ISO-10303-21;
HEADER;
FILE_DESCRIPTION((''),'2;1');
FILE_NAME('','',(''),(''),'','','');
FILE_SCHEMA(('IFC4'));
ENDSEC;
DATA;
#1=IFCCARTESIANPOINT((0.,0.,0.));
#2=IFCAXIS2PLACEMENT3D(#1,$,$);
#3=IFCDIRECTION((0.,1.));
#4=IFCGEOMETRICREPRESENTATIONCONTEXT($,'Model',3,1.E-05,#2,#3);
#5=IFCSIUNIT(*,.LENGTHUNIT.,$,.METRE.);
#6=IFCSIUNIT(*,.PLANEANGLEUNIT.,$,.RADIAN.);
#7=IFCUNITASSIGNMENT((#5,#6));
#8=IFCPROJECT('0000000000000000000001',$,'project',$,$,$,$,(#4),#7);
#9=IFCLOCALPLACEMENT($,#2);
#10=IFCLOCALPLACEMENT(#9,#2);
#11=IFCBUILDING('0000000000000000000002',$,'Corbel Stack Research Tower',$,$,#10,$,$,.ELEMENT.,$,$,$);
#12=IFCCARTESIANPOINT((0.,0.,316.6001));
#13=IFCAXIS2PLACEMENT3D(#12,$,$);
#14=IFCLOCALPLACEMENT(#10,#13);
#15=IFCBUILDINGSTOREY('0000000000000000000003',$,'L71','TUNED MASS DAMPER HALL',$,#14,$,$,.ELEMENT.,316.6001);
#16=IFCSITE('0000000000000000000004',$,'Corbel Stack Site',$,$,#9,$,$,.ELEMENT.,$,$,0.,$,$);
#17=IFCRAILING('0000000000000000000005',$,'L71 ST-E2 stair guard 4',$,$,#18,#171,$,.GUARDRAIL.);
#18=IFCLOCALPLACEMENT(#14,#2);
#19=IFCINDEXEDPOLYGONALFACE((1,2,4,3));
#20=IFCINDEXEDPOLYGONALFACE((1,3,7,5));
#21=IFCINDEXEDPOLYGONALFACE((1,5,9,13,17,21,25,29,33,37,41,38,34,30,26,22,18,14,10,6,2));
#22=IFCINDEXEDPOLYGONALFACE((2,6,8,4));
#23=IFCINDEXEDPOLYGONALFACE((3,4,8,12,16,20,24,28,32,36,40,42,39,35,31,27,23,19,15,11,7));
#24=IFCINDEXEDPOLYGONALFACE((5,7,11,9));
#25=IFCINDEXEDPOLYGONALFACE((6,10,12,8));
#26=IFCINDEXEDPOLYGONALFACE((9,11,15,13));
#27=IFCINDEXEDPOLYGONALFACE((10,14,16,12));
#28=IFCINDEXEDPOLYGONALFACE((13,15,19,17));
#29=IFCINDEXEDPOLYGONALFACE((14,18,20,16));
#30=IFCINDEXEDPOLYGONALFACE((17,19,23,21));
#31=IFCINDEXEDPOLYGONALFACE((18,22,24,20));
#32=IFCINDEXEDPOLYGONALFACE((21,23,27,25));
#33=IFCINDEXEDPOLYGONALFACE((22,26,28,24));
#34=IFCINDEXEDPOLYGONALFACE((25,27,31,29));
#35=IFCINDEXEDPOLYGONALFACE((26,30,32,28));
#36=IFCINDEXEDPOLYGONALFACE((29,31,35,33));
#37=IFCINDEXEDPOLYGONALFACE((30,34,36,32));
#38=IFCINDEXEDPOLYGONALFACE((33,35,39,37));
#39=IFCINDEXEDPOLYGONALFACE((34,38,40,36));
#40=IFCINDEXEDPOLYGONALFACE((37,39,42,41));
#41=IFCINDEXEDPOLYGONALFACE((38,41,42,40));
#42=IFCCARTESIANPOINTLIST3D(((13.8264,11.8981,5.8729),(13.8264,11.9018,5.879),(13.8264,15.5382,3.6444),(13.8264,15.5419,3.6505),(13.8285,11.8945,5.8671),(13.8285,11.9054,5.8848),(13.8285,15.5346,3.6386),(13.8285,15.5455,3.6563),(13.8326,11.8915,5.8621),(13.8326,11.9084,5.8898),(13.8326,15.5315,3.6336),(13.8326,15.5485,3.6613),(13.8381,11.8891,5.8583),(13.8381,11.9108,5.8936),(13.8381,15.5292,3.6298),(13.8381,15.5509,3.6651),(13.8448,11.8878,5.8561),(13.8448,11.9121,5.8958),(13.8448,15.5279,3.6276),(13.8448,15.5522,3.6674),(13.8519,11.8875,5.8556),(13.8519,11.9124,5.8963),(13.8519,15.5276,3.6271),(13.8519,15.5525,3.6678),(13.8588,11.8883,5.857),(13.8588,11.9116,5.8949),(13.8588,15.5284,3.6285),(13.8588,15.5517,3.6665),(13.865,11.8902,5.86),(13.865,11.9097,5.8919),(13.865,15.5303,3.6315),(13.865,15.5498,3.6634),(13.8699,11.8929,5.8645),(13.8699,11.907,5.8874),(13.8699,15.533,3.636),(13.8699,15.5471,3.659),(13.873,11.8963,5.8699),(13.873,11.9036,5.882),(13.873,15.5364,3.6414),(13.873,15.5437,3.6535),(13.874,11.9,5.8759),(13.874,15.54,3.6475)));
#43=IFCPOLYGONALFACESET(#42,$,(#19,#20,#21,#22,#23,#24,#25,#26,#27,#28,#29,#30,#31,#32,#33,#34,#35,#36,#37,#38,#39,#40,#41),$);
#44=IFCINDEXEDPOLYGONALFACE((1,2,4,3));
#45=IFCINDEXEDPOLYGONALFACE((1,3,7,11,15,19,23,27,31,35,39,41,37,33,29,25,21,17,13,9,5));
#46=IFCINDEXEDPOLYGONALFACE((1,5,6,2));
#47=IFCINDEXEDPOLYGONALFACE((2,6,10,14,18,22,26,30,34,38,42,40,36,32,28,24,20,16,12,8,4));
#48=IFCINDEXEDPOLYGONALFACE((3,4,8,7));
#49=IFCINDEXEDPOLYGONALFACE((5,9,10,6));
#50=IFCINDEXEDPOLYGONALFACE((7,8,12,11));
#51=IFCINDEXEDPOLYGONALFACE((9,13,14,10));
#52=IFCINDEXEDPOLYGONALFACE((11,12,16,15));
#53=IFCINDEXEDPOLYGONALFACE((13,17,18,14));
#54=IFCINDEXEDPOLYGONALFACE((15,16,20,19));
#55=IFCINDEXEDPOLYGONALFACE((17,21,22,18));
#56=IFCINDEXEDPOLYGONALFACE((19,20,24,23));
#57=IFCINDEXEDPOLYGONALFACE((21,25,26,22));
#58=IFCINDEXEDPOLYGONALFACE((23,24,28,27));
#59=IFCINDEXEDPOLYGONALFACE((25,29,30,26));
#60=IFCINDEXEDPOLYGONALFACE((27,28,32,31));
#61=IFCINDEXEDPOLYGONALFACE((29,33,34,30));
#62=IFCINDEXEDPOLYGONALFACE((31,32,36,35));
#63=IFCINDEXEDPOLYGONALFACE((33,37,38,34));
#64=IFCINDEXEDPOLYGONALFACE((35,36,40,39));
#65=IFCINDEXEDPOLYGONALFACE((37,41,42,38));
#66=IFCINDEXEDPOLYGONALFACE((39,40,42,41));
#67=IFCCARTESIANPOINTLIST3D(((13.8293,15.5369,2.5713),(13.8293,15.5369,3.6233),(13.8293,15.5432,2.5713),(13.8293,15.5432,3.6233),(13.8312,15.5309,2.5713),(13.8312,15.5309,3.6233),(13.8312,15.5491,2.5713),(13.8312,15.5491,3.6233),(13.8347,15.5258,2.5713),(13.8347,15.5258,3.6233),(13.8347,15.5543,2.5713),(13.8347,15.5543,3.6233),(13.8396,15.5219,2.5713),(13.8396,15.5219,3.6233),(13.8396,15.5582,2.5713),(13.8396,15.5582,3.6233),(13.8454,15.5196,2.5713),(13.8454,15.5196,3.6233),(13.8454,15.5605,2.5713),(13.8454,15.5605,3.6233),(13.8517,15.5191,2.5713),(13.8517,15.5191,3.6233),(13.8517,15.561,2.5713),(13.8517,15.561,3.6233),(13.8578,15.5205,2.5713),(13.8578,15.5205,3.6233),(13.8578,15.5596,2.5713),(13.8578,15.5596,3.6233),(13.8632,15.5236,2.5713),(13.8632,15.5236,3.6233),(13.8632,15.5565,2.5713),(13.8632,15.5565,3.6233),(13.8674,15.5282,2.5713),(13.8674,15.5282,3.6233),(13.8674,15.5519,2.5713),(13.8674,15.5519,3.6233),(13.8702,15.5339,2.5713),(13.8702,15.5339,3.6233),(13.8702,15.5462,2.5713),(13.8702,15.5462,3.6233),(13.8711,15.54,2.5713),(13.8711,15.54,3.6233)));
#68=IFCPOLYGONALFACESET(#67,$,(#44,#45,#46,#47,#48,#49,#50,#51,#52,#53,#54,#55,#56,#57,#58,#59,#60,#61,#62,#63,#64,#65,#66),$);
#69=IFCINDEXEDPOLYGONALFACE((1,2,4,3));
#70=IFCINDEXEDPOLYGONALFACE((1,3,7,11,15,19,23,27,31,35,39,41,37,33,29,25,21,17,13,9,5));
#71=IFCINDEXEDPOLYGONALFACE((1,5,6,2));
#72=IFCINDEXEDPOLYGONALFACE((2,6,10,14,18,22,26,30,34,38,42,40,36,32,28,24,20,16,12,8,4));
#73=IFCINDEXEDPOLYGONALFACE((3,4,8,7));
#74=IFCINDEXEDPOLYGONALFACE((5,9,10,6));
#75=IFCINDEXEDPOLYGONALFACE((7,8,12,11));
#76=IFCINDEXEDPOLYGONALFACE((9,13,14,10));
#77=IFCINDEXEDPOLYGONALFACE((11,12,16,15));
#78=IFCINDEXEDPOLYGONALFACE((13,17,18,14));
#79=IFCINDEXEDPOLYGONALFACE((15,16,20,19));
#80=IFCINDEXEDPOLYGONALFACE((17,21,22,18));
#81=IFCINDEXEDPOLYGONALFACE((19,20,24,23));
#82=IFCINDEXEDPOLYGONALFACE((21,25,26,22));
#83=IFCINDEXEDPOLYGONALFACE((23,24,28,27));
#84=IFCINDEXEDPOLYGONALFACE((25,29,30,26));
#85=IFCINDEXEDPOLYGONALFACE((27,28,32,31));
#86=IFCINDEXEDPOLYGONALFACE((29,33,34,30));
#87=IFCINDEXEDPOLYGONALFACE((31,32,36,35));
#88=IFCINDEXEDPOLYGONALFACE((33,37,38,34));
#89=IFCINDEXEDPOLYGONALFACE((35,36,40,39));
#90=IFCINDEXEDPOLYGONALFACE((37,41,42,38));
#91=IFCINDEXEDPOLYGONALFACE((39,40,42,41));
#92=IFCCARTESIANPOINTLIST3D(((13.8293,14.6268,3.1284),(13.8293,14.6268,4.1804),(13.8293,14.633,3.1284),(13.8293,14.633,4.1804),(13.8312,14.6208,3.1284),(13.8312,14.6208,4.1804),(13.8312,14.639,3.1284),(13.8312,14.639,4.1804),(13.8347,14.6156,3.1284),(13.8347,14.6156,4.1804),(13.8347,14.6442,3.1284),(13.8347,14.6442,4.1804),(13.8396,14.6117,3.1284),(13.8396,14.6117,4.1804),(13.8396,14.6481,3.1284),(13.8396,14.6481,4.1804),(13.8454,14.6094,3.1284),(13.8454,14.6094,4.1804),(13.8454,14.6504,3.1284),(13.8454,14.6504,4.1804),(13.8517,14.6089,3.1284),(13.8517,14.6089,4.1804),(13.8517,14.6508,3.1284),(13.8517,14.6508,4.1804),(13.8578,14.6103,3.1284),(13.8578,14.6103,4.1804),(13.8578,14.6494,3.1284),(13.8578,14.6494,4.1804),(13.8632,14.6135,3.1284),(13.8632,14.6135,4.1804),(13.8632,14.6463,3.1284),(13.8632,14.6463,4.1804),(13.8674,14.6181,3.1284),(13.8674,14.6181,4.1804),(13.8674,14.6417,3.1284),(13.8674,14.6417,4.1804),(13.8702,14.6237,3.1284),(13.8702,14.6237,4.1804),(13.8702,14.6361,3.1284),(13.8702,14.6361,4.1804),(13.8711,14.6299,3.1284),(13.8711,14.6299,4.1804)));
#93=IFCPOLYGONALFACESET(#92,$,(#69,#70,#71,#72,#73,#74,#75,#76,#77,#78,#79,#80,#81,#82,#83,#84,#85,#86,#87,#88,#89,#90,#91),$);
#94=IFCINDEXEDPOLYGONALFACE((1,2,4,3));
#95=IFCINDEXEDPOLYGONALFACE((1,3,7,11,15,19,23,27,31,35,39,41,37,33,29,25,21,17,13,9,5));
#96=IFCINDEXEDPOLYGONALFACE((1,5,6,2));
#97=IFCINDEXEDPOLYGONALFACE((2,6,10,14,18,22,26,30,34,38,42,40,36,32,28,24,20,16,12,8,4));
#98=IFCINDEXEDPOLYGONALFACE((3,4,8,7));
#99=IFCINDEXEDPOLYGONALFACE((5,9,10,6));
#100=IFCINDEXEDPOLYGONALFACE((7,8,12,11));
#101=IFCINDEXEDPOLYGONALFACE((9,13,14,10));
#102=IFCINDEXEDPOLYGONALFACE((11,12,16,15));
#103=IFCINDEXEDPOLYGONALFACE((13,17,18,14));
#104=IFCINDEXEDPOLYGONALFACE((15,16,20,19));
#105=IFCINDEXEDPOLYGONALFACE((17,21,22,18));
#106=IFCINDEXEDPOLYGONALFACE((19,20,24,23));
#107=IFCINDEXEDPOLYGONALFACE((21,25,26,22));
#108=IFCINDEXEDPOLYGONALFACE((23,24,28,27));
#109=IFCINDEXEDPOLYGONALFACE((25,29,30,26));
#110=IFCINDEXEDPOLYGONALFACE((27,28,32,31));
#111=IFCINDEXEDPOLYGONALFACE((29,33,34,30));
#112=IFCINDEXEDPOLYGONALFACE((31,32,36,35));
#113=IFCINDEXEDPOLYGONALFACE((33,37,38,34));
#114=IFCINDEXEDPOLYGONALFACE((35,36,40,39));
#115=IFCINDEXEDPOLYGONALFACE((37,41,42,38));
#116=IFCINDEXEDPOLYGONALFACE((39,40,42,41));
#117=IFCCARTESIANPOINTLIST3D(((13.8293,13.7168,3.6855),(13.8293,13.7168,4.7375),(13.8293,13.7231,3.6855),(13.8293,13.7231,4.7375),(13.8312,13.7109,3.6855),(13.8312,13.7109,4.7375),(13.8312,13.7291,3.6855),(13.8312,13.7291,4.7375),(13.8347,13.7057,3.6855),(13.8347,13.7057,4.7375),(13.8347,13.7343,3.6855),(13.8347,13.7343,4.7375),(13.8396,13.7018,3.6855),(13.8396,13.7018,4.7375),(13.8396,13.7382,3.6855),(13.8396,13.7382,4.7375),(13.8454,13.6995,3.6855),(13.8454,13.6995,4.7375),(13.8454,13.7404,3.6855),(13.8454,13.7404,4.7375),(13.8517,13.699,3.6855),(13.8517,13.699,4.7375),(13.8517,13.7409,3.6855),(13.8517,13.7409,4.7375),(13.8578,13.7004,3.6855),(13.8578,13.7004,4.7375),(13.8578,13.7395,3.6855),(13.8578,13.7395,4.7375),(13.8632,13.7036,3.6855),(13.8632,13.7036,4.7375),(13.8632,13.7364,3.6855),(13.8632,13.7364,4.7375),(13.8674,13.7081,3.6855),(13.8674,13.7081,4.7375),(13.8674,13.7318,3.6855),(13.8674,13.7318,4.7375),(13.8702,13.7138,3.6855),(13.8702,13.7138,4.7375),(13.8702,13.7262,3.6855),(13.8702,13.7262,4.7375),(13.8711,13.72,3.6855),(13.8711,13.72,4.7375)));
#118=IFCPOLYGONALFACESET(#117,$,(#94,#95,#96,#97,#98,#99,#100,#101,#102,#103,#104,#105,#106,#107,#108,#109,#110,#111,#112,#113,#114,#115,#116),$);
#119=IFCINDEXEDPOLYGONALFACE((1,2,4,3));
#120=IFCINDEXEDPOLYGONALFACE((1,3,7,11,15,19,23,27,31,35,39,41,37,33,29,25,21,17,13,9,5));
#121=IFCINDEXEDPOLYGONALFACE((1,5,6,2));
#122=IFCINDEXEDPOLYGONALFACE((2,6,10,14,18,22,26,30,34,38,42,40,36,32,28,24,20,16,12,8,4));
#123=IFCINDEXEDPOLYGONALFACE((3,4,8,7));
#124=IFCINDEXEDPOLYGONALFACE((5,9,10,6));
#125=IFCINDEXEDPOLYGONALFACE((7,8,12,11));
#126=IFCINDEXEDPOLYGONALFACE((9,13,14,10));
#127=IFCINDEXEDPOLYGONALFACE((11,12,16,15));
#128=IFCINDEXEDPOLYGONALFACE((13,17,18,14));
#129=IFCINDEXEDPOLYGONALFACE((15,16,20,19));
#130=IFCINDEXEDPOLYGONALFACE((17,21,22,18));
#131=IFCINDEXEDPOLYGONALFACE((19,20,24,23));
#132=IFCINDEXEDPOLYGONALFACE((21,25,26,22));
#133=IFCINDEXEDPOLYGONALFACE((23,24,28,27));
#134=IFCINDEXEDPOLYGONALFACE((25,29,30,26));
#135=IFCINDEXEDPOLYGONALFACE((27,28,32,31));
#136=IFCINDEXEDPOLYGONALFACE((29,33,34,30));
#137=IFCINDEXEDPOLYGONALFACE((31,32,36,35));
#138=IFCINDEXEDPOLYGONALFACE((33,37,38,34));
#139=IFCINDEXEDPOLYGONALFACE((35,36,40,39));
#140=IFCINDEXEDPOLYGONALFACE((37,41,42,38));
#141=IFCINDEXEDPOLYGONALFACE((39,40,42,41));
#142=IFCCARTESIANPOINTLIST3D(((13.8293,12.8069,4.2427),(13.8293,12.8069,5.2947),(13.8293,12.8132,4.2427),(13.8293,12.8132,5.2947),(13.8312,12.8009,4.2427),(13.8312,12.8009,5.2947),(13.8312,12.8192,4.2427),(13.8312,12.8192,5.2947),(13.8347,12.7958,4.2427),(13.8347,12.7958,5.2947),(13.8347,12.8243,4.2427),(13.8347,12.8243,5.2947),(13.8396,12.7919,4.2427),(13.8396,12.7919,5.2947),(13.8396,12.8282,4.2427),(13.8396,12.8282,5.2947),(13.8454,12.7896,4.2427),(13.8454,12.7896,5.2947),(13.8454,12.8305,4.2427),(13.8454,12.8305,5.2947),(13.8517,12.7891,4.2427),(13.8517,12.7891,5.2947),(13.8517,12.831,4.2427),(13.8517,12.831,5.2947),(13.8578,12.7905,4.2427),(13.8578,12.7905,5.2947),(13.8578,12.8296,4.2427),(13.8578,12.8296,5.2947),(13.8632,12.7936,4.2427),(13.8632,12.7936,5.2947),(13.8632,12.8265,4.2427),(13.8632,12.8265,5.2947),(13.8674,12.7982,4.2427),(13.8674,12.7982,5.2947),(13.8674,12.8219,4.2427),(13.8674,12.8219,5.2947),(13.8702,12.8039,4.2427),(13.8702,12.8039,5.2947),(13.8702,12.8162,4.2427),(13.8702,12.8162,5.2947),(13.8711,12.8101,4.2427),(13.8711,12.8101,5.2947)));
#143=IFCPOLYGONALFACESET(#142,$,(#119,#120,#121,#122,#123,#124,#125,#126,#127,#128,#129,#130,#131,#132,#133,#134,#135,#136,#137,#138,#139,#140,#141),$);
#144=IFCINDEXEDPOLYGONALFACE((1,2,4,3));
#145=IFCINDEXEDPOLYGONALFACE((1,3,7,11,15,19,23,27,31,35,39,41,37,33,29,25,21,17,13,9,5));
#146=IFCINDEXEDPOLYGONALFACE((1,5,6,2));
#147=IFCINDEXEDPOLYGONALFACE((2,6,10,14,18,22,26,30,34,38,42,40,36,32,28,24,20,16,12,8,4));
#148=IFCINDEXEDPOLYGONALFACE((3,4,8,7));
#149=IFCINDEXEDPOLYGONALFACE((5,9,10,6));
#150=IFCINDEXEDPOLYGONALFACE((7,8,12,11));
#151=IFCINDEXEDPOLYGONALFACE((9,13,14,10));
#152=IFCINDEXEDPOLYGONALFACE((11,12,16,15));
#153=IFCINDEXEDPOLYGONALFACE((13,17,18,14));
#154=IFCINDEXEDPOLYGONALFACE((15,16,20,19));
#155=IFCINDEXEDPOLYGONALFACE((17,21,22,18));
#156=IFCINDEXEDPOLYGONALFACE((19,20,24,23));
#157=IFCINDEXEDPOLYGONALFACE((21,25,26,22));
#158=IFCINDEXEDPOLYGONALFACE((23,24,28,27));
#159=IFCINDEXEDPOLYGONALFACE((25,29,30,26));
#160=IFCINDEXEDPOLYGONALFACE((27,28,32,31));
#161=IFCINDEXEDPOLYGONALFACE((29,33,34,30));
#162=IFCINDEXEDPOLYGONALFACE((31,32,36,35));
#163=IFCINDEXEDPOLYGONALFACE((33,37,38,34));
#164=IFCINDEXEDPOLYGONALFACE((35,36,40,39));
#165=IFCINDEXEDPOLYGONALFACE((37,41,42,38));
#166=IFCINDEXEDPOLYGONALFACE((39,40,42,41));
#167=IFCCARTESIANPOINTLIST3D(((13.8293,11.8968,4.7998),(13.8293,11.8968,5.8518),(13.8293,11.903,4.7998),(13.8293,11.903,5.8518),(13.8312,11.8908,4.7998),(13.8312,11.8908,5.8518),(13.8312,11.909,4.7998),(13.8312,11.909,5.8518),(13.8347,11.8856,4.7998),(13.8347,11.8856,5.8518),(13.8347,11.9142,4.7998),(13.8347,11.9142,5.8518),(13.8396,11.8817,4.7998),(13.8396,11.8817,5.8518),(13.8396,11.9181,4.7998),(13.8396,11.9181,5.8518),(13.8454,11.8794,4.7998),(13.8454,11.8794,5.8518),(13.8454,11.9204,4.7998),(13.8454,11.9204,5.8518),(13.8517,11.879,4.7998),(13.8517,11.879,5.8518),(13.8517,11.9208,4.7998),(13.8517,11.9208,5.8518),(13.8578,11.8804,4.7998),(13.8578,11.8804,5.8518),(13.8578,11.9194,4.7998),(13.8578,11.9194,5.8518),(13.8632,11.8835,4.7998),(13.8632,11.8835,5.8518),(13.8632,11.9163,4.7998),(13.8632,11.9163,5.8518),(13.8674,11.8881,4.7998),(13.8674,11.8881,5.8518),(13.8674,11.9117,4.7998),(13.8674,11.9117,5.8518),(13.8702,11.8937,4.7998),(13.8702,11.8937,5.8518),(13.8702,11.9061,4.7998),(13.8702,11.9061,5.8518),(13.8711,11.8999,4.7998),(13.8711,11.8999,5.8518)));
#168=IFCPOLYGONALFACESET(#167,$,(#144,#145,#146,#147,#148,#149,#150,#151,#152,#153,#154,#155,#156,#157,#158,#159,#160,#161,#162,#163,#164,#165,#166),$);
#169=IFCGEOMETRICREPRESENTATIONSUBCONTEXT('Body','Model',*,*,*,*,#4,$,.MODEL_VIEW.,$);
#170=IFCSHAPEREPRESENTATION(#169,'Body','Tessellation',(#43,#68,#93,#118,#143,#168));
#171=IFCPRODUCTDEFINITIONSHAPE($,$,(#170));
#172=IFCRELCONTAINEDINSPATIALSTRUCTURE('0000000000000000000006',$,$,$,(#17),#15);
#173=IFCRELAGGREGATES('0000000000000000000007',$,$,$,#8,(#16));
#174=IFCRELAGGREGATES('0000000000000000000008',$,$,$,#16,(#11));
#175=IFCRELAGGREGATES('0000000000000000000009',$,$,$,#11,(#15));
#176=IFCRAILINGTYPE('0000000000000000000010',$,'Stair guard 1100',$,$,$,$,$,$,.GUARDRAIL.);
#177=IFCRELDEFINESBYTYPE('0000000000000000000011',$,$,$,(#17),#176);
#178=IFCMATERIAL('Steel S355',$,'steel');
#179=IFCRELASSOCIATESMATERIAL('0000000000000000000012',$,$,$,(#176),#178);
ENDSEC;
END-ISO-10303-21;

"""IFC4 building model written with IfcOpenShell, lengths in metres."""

from ifc_helpers import new_model, si_unit, direction, frame, origin, origin_2d, place, context, subcontext, project, spatial, circle, extrude, material, type_object, element, save


model = new_model("IFC4")

# Units and contexts
model_context = context("Model", 3, precision=1e-05, world=origin(), true_north=direction((0.0, 1.0)))
body_context = subcontext(model_context, "Body", "Model", "MODEL_VIEW")
ifc_project = project(units=[si_unit("LENGTHUNIT", "METRE"), si_unit("PLANEANGLEUNIT", "RADIAN")], contexts=[model_context])

# Site, building, storey
site_placement = place(None, origin())
site = spatial("IfcSite", under=ifc_project, at=site_placement, Name="Corbel Stack Site", CompositionType="ELEMENT", RefElevation=0.0)
building_placement = place(site_placement, origin())
building = spatial("IfcBuilding", under=site, at=building_placement, Name="Corbel Stack Research Tower", CompositionType="ELEMENT")
storey_placement = place(building_placement, frame((0.0, 0.0, 316.6001)))
storey = spatial("IfcBuildingStorey", under=building, at=storey_placement, Name="L71", Description="TUNED MASS DAMPER HALL", CompositionType="ELEMENT", Elevation=316.6001)

# Railing
ifc_material_1 = material(Name="Steel S355", Category="steel")
railing_type = type_object("IfcRailingType", Name="Stair guard 1100", PredefinedType="GUARDRAIL", material=ifc_material_1)
railing_1_placement = place(storey_placement, frame((13.8501, 15.54, 2.5713)))
element("IfcRailing", 1, at=railing_1_placement, inside=storey, type_object=railing_type, Name="L71 ST-E2 stair guard 4", PredefinedType="GUARDRAIL", context=body_context, shape_type="SweptSolid", body=[
    extrude(circle(Radius=0.0239, at=origin_2d()), frame((0.0, 0.0, 1.0762), z_axis=(0.0, -0.852866, 0.52213), x_axis=(1.0, 0.0, 0.0)), (0.0, 0.0, 1.0), 4.2681),
    extrude(circle(Radius=0.021, at=origin_2d()), origin(), (0.0, 0.0, 1.0), 1.052),
    extrude(circle(Radius=0.021, at=origin_2d()), frame((0.0, -0.9102, 0.5571)), (0.0, 0.0, 1.0), 1.052),
    extrude(circle(Radius=0.021, at=origin_2d()), frame((0.0, -1.8201, 1.1143)), (0.0, 0.0, 1.0), 1.052),
    extrude(circle(Radius=0.021, at=origin_2d()), frame((0.0, -2.73, 1.6714)), (0.0, 0.0, 1.0), 1.052),
    extrude(circle(Radius=0.021, at=origin_2d()), frame((0.0, -3.6401, 2.2285)), (0.0, 0.0, 1.0), 1.052),
])

save(model, "model.ifc")
